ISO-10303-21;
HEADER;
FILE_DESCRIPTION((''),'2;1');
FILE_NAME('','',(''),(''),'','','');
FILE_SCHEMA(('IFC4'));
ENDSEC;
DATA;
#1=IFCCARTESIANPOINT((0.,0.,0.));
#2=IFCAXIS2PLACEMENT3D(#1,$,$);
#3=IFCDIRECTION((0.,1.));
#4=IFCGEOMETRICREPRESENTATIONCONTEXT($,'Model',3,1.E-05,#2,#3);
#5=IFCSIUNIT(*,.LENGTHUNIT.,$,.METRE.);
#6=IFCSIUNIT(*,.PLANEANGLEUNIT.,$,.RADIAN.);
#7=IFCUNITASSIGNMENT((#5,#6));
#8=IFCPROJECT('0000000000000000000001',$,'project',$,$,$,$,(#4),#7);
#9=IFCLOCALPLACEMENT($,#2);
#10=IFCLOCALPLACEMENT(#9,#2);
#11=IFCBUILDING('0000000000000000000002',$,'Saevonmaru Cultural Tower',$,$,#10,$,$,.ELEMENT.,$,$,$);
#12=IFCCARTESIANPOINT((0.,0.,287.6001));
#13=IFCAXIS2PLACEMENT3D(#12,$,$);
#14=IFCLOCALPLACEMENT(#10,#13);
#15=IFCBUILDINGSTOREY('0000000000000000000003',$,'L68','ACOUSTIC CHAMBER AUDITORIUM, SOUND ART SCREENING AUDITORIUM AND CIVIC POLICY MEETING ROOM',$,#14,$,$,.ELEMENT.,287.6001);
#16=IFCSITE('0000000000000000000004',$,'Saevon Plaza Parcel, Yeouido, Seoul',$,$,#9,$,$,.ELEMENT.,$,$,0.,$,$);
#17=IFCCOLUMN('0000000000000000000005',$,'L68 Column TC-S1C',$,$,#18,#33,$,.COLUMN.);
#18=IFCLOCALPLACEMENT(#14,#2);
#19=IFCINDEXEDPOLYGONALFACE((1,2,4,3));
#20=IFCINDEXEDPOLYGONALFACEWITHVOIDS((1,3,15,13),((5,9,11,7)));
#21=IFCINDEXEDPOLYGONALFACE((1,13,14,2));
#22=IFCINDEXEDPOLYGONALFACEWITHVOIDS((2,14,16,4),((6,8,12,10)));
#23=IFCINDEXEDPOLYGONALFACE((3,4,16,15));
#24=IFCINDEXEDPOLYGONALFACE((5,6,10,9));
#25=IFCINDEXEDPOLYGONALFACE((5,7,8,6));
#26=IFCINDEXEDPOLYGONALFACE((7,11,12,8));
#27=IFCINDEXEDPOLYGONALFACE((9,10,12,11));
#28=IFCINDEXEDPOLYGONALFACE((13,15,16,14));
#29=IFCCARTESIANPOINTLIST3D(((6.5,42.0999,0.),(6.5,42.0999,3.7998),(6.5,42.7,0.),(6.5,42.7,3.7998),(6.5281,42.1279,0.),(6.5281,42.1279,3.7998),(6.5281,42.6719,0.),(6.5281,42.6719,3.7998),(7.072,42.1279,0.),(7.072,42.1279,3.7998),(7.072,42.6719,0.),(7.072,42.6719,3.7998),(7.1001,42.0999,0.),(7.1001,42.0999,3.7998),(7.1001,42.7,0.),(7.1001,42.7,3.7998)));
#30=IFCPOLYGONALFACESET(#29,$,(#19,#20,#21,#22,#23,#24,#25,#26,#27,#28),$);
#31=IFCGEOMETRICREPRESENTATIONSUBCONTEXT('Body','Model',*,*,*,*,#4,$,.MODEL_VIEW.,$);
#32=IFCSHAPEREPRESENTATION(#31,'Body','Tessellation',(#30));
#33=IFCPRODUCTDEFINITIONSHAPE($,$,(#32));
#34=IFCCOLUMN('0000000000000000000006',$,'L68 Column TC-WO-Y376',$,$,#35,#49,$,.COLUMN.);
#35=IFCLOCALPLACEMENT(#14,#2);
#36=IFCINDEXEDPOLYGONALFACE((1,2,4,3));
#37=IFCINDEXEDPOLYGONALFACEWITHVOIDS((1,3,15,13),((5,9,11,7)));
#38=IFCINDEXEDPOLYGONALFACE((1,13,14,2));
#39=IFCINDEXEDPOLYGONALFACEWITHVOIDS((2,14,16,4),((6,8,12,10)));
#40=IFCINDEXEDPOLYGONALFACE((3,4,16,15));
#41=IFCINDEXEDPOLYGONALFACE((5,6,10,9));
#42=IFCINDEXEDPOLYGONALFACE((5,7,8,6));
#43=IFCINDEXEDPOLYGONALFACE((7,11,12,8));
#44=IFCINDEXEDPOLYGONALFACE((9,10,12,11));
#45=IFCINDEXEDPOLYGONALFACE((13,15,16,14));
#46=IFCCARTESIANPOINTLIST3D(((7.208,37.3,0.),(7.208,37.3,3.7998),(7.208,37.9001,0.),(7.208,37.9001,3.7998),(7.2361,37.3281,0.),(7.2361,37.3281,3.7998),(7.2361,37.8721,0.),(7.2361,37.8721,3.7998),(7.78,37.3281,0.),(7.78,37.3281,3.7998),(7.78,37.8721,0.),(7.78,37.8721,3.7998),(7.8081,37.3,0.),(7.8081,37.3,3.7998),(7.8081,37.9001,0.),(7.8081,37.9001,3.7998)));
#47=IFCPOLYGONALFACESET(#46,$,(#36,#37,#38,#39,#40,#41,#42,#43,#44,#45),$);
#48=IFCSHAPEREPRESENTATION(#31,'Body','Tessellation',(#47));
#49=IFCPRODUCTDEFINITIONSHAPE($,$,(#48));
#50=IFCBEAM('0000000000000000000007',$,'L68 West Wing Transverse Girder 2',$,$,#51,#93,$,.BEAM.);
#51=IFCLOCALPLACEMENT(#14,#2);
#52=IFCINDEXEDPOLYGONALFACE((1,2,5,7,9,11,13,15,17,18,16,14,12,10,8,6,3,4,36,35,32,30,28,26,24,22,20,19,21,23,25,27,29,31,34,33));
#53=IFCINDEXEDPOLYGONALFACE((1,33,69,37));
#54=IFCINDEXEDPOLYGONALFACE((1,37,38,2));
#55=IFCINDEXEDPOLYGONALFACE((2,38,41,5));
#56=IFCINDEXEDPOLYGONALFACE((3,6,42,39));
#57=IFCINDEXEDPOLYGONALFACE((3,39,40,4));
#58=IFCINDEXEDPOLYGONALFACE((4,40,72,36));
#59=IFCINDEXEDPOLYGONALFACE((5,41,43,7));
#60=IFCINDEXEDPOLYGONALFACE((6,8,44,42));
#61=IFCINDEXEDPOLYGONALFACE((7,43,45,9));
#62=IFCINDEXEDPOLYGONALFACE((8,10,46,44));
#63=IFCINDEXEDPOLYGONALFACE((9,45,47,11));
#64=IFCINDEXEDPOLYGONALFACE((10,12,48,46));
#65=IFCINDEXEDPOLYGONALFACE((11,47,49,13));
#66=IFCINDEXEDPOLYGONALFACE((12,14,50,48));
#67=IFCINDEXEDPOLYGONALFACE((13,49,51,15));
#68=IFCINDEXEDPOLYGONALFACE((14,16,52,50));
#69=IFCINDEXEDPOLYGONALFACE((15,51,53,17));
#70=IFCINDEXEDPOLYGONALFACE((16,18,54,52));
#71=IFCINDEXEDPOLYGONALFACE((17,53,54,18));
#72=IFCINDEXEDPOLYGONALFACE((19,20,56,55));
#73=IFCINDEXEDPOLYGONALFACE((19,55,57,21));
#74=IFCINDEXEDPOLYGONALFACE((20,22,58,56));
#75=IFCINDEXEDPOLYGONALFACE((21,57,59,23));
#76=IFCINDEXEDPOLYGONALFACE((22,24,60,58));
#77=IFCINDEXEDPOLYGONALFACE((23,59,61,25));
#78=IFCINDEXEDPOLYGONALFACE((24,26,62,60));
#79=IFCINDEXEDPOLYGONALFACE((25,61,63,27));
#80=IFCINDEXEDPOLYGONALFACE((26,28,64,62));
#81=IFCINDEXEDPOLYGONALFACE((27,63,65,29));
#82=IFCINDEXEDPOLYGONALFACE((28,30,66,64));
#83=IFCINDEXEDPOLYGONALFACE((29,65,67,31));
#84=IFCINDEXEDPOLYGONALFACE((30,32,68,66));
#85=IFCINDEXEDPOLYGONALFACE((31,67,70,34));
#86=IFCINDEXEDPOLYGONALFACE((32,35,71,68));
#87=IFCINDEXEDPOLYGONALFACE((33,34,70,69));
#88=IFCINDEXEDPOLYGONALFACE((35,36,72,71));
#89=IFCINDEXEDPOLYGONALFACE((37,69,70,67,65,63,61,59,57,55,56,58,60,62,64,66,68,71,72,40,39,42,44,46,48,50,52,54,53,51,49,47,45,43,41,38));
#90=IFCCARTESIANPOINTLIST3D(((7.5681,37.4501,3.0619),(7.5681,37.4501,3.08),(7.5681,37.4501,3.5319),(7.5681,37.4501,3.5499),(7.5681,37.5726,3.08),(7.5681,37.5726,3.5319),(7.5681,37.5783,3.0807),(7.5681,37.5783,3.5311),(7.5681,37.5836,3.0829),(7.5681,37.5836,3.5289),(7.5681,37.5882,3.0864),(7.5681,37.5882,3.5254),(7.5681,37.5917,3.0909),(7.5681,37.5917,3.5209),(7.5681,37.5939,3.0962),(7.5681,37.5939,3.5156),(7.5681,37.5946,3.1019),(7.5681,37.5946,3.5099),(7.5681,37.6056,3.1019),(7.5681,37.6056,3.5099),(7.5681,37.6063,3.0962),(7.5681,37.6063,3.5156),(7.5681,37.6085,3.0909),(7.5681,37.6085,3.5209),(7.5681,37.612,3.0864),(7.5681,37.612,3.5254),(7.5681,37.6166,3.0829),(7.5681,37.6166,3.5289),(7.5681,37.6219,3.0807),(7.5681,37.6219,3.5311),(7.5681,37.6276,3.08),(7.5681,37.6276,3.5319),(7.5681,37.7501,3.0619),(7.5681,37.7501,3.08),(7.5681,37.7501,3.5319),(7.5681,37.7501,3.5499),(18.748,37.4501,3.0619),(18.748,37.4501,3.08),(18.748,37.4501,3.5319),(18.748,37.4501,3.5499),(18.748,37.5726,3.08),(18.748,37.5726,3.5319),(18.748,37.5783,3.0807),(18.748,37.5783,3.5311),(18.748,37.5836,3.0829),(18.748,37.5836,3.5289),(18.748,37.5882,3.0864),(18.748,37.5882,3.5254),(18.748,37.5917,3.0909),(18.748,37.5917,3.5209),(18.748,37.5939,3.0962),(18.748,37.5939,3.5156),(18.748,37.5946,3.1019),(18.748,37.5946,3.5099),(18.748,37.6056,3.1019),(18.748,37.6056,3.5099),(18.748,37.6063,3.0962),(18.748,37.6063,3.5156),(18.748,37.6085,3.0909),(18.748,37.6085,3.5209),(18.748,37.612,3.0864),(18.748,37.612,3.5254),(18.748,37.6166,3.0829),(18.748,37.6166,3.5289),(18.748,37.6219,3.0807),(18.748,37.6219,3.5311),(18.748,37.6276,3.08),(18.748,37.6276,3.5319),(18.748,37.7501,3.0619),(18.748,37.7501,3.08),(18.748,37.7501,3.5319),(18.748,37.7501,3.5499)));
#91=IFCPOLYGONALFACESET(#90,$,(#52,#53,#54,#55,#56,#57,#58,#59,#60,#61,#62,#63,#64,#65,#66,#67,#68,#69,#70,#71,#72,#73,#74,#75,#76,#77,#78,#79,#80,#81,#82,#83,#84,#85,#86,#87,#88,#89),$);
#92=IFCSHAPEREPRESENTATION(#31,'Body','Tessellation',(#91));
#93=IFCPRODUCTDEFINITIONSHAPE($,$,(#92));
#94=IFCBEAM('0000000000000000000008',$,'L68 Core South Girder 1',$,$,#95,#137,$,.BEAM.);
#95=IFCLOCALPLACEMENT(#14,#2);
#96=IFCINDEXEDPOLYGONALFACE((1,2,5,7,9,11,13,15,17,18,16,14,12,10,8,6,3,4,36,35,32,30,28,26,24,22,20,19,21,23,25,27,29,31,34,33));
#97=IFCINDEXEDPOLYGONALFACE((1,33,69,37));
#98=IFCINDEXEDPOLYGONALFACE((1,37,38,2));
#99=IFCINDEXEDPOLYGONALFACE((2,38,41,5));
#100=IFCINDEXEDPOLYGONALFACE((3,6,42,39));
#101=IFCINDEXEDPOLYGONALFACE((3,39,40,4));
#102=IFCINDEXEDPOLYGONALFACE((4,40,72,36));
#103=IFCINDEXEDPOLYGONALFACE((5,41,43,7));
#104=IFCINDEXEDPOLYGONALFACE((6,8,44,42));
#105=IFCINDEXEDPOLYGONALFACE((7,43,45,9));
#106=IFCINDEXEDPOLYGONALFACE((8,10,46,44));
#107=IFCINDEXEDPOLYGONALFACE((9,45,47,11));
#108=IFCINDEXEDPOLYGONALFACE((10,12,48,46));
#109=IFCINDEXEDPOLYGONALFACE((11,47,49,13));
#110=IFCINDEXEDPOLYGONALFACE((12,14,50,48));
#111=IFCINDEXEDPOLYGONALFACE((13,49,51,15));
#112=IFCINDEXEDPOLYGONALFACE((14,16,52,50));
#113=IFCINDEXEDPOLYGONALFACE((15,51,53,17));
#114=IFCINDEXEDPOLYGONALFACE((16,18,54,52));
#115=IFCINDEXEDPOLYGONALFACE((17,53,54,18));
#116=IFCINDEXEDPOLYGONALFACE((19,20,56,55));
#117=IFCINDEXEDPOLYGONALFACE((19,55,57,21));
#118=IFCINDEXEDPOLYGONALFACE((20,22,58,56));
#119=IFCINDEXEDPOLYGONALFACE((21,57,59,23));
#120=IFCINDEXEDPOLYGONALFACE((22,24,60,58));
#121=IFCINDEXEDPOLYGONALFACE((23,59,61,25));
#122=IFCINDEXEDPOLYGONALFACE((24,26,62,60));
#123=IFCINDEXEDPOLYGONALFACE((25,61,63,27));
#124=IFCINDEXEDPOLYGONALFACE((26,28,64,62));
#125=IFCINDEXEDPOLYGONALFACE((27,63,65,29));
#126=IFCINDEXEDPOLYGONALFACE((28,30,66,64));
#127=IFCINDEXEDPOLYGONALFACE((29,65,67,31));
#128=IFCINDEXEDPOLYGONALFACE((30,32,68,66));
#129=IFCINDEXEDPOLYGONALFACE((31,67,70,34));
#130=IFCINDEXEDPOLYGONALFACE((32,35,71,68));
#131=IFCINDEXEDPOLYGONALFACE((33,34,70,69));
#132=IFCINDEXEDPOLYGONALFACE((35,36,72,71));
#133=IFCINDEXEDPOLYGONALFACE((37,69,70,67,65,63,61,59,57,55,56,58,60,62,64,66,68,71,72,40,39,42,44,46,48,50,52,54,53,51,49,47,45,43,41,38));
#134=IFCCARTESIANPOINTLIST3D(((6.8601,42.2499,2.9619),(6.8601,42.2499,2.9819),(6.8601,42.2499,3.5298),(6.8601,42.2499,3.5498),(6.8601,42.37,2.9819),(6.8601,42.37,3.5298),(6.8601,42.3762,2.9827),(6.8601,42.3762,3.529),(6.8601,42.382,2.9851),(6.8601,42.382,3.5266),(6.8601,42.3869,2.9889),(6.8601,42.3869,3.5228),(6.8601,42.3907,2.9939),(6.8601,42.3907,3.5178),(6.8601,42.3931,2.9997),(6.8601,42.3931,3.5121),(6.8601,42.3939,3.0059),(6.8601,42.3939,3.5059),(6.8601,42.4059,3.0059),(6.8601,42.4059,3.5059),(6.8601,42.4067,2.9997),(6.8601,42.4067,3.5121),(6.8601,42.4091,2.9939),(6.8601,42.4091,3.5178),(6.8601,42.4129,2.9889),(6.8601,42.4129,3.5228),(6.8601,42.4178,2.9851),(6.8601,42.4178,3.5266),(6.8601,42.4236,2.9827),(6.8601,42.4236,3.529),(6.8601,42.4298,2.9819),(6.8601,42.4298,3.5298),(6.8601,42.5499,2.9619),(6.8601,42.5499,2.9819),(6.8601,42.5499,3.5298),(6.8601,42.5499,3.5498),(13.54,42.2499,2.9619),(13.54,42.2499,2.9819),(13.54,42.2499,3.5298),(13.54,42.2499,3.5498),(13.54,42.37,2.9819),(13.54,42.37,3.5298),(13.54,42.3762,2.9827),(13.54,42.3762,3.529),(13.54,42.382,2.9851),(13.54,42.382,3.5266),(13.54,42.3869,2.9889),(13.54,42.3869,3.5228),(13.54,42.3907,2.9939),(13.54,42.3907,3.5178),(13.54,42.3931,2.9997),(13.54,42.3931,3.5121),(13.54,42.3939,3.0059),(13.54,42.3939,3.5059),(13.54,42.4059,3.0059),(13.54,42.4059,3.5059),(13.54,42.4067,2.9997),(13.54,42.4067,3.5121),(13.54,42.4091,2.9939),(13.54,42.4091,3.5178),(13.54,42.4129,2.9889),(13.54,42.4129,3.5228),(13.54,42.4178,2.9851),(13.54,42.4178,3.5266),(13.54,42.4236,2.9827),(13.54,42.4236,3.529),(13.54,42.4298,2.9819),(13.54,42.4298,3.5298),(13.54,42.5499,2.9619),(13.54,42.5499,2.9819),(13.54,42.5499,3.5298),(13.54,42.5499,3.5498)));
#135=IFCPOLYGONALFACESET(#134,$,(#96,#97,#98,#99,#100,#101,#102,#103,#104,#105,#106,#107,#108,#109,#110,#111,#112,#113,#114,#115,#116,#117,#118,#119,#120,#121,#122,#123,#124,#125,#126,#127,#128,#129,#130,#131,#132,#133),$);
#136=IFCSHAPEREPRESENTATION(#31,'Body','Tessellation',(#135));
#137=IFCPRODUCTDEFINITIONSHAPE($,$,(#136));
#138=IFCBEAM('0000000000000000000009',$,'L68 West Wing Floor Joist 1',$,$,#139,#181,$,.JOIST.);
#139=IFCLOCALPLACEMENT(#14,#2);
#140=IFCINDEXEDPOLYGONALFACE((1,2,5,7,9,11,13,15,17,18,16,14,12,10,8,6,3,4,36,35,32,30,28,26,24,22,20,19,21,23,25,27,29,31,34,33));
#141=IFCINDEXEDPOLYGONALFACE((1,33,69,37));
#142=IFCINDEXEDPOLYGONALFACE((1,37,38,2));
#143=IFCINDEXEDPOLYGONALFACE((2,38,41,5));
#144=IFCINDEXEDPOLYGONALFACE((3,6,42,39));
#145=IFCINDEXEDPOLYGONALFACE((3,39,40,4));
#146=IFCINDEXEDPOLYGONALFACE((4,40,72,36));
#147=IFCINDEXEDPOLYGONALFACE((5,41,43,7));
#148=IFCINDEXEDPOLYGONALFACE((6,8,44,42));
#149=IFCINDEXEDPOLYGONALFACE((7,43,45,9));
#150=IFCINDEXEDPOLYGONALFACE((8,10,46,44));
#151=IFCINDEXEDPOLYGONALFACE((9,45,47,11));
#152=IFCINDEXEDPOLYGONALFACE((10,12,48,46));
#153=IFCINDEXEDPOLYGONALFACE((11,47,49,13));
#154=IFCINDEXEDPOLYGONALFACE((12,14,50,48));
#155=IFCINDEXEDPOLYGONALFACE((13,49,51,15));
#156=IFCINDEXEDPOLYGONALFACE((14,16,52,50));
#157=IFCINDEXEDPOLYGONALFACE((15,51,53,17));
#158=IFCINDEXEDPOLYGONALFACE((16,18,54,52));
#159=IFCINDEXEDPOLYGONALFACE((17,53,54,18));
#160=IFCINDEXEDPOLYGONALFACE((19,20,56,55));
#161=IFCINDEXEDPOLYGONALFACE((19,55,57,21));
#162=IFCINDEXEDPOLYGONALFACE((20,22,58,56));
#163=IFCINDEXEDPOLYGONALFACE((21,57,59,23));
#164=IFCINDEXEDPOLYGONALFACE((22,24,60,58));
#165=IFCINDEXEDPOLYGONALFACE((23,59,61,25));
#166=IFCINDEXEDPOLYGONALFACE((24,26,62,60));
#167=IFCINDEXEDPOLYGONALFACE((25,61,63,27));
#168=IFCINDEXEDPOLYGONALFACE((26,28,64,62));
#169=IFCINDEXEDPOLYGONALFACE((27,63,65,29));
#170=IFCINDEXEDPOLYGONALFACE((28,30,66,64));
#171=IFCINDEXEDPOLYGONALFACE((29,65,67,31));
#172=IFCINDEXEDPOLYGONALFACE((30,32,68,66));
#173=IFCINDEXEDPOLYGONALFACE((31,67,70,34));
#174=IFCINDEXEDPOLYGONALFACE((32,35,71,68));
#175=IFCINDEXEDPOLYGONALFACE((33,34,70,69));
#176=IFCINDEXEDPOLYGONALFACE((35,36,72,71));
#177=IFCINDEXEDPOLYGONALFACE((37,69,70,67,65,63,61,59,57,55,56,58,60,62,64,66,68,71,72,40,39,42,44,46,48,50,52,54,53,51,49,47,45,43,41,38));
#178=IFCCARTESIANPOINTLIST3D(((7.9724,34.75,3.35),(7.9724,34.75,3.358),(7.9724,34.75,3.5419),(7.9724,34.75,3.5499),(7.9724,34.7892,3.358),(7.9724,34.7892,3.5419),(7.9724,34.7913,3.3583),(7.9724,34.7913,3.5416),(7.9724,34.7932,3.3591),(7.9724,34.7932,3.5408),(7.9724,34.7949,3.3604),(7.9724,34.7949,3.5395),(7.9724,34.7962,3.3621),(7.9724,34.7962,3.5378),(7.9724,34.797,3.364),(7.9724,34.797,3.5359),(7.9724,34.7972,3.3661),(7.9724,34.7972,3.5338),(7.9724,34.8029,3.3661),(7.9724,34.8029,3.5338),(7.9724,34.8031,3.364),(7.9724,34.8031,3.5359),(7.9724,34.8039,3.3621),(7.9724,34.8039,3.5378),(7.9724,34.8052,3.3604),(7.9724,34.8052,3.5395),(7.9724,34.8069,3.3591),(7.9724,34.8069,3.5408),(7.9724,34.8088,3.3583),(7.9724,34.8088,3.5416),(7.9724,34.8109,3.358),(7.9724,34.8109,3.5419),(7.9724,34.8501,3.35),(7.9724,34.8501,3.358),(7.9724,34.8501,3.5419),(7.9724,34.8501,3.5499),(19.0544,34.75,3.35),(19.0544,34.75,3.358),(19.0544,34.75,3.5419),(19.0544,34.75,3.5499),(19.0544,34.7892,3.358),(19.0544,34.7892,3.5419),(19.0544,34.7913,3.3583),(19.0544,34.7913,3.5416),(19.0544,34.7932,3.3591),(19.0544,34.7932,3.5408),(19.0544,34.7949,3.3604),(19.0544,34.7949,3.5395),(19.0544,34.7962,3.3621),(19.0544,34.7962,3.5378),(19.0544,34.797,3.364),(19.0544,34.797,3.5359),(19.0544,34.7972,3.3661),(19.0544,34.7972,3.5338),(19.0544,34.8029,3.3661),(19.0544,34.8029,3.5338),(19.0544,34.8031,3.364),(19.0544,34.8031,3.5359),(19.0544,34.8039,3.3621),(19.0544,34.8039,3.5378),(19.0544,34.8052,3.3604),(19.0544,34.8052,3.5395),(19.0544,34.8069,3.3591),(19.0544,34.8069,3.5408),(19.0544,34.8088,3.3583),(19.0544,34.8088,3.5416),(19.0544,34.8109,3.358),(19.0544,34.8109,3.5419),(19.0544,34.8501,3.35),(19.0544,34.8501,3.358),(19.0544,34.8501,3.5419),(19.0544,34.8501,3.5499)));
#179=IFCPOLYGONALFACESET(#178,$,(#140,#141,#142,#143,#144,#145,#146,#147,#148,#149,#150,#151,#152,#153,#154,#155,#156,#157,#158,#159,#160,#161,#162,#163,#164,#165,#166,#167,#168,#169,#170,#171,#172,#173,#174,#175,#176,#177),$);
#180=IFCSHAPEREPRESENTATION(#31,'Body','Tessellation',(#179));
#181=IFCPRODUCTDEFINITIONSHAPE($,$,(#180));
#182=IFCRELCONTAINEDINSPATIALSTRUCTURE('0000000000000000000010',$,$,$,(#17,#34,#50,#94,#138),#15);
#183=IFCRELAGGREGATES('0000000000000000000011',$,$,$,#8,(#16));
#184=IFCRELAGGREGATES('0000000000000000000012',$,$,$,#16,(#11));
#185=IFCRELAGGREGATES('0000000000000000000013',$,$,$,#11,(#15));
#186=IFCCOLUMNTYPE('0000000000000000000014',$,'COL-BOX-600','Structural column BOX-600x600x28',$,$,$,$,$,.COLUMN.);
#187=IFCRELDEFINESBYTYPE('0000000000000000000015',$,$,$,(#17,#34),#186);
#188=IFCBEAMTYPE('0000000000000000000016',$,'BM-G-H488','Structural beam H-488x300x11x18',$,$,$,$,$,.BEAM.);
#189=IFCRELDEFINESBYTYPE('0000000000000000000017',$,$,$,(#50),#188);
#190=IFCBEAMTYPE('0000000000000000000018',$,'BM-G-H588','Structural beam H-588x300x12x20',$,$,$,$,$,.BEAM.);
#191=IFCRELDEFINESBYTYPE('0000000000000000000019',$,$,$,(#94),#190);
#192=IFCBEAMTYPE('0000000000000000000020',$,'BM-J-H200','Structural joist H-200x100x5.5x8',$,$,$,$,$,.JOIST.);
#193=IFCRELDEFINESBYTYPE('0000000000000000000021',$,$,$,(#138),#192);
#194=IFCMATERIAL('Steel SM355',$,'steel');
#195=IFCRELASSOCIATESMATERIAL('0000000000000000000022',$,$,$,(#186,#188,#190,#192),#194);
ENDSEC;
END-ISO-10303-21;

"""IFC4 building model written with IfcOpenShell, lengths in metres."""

from ifc_helpers import new_model, si_unit, direction, frame, origin, origin_2d, place, context, subcontext, project, spatial, hollow_rectangle, i_section, extrude, material, material_profile, profile_set, type_object, element, save


model = new_model("IFC4")

# Units and contexts
model_context = context("Model", 3, precision=1e-05, world=origin(), true_north=direction((0.0, 1.0)))
body_context = subcontext(model_context, "Body", "Model", "MODEL_VIEW")
ifc_project = project(units=[si_unit("LENGTHUNIT", "METRE"), si_unit("PLANEANGLEUNIT", "RADIAN")], contexts=[model_context])

# Site, building, storey
site_placement = place(None, origin())
site = spatial("IfcSite", under=ifc_project, at=site_placement, Name="Saevon Plaza Parcel, Yeouido, Seoul", CompositionType="ELEMENT", RefElevation=0.0)
building_placement = place(site_placement, origin())
building = spatial("IfcBuilding", under=site, at=building_placement, Name="Saevonmaru Cultural Tower", CompositionType="ELEMENT")
storey_placement = place(building_placement, frame((0.0, 0.0, 287.6001)))
storey = spatial("IfcBuildingStorey", under=building, at=storey_placement, Name="L68", Description="ACOUSTIC CHAMBER AUDITORIUM, SOUND ART SCREENING AUDITORIUM AND CIVIC POLICY MEETING ROOM", CompositionType="ELEMENT", Elevation=287.6001)

# Columns
ifc_material_1 = material(Name="Steel SM355", Category="steel")
ifc_material_profile_1 = material_profile(ifc_material_1, hollow_rectangle(XDim=0.6001, YDim=0.6001, WallThickness=0.0281, at=origin_2d()), Name="BOX-600x600x28")
ifc_profile_set_1 = profile_set([ifc_material_profile_1], Name="Steel SM355")
column_type = type_object("IfcColumnType", Name="COL-BOX-600", Description="Structural column BOX-600x600x28", PredefinedType="COLUMN", material=ifc_profile_set_1)
for number, where, z_axis, x_axis, name in (
    (1, (6.8, 42.3999, 0.0), (0.0, 0.0, 1.0), (1.0, 0.0, 0.0), "L68 Column TC-S1C"),
    (2, (7.5081, 37.6001, 0.0), (0.0, 0.0, 1.0), (1.0, 0.0, 0.0), "L68 Column TC-WO-Y376"),
):
    element("IfcColumn", number, at=place(storey_placement, frame(where, z_axis=z_axis, x_axis=x_axis)), inside=storey, type_object=column_type, Name=name, PredefinedType="COLUMN", context=body_context, shape_type="SweptSolid", body=[
        extrude(hollow_rectangle(XDim=0.6001, YDim=0.6001, WallThickness=0.0281, at=origin_2d()), origin(), (0.0, 0.0, 1.0), 3.7998),
    ])

# Beams
ifc_material_profile_2 = material_profile(ifc_material_1, i_section(OverallWidth=0.3, OverallDepth=0.488, WebThickness=0.011, FlangeThickness=0.0181, FilletRadius=0.022, at=origin_2d()), Name="H-488x300x11x18")
ifc_profile_set_2 = profile_set([ifc_material_profile_2], Name="Steel SM355")
beam_type_1 = type_object("IfcBeamType", Name="BM-G-H488", Description="Structural beam H-488x300x11x18", PredefinedType="BEAM", material=ifc_profile_set_2)
beam_1_placement = place(storey_placement, frame((7.5681, 37.6001, 3.3059), z_axis=(1.0, 0.0, 0.0), x_axis=(0.0, 1.0, 0.0)))
element("IfcBeam", 3, at=beam_1_placement, inside=storey, type_object=beam_type_1, Name="L68 West Wing Transverse Girder 2", PredefinedType="BEAM", context=body_context, shape_type="SweptSolid", body=[
    extrude(i_section(OverallWidth=0.3, OverallDepth=0.488, WebThickness=0.011, FlangeThickness=0.0181, FilletRadius=0.022, at=origin_2d()), origin(), (0.0, 0.0, 1.0), 11.1799),
])
ifc_material_profile_3 = material_profile(ifc_material_1, i_section(OverallWidth=0.3, OverallDepth=0.5879, WebThickness=0.012, FlangeThickness=0.02, FilletRadius=0.0239, at=origin_2d()), Name="H-588x300x12x20")
ifc_profile_set_3 = profile_set([ifc_material_profile_3], Name="Steel SM355")
beam_type_2 = type_object("IfcBeamType", Name="BM-G-H588", Description="Structural beam H-588x300x12x20", PredefinedType="BEAM", material=ifc_profile_set_3)
beam_2_placement = place(storey_placement, frame((6.8601, 42.3999, 3.2559), z_axis=(1.0, 0.0, 0.0), x_axis=(0.0, 1.0, 0.0)))
element("IfcBeam", 4, at=beam_2_placement, inside=storey, type_object=beam_type_2, Name="L68 Core South Girder 1", PredefinedType="BEAM", context=body_context, shape_type="SweptSolid", body=[
    extrude(i_section(OverallWidth=0.3, OverallDepth=0.5879, WebThickness=0.012, FlangeThickness=0.02, FilletRadius=0.0239, at=origin_2d()), origin(), (0.0, 0.0, 1.0), 6.6799),
])
ifc_material_profile_4 = material_profile(ifc_material_1, i_section(OverallWidth=0.1001, OverallDepth=0.2, WebThickness=0.0056, FlangeThickness=0.0081, FilletRadius=0.0081, at=origin_2d()), Name="H-200x100x5.5x8")
ifc_profile_set_4 = profile_set([ifc_material_profile_4], Name="Steel SM355")
beam_type_3 = type_object("IfcBeamType", Name="BM-J-H200", Description="Structural joist H-200x100x5.5x8", PredefinedType="JOIST", material=ifc_profile_set_4)
beam_3_placement = place(storey_placement, frame((7.9724, 34.8, 3.45), z_axis=(1.0, 0.0, 0.0), x_axis=(0.0, 1.0, 0.0)))
element("IfcBeam", 5, at=beam_3_placement, inside=storey, type_object=beam_type_3, Name="L68 West Wing Floor Joist 1", PredefinedType="JOIST", context=body_context, shape_type="SweptSolid", body=[
    extrude(i_section(OverallWidth=0.1001, OverallDepth=0.2, WebThickness=0.0056, FlangeThickness=0.0081, FilletRadius=0.0081, at=origin_2d()), origin(), (0.0, 0.0, 1.0), 11.082),
])

save(model, "model.ifc")
